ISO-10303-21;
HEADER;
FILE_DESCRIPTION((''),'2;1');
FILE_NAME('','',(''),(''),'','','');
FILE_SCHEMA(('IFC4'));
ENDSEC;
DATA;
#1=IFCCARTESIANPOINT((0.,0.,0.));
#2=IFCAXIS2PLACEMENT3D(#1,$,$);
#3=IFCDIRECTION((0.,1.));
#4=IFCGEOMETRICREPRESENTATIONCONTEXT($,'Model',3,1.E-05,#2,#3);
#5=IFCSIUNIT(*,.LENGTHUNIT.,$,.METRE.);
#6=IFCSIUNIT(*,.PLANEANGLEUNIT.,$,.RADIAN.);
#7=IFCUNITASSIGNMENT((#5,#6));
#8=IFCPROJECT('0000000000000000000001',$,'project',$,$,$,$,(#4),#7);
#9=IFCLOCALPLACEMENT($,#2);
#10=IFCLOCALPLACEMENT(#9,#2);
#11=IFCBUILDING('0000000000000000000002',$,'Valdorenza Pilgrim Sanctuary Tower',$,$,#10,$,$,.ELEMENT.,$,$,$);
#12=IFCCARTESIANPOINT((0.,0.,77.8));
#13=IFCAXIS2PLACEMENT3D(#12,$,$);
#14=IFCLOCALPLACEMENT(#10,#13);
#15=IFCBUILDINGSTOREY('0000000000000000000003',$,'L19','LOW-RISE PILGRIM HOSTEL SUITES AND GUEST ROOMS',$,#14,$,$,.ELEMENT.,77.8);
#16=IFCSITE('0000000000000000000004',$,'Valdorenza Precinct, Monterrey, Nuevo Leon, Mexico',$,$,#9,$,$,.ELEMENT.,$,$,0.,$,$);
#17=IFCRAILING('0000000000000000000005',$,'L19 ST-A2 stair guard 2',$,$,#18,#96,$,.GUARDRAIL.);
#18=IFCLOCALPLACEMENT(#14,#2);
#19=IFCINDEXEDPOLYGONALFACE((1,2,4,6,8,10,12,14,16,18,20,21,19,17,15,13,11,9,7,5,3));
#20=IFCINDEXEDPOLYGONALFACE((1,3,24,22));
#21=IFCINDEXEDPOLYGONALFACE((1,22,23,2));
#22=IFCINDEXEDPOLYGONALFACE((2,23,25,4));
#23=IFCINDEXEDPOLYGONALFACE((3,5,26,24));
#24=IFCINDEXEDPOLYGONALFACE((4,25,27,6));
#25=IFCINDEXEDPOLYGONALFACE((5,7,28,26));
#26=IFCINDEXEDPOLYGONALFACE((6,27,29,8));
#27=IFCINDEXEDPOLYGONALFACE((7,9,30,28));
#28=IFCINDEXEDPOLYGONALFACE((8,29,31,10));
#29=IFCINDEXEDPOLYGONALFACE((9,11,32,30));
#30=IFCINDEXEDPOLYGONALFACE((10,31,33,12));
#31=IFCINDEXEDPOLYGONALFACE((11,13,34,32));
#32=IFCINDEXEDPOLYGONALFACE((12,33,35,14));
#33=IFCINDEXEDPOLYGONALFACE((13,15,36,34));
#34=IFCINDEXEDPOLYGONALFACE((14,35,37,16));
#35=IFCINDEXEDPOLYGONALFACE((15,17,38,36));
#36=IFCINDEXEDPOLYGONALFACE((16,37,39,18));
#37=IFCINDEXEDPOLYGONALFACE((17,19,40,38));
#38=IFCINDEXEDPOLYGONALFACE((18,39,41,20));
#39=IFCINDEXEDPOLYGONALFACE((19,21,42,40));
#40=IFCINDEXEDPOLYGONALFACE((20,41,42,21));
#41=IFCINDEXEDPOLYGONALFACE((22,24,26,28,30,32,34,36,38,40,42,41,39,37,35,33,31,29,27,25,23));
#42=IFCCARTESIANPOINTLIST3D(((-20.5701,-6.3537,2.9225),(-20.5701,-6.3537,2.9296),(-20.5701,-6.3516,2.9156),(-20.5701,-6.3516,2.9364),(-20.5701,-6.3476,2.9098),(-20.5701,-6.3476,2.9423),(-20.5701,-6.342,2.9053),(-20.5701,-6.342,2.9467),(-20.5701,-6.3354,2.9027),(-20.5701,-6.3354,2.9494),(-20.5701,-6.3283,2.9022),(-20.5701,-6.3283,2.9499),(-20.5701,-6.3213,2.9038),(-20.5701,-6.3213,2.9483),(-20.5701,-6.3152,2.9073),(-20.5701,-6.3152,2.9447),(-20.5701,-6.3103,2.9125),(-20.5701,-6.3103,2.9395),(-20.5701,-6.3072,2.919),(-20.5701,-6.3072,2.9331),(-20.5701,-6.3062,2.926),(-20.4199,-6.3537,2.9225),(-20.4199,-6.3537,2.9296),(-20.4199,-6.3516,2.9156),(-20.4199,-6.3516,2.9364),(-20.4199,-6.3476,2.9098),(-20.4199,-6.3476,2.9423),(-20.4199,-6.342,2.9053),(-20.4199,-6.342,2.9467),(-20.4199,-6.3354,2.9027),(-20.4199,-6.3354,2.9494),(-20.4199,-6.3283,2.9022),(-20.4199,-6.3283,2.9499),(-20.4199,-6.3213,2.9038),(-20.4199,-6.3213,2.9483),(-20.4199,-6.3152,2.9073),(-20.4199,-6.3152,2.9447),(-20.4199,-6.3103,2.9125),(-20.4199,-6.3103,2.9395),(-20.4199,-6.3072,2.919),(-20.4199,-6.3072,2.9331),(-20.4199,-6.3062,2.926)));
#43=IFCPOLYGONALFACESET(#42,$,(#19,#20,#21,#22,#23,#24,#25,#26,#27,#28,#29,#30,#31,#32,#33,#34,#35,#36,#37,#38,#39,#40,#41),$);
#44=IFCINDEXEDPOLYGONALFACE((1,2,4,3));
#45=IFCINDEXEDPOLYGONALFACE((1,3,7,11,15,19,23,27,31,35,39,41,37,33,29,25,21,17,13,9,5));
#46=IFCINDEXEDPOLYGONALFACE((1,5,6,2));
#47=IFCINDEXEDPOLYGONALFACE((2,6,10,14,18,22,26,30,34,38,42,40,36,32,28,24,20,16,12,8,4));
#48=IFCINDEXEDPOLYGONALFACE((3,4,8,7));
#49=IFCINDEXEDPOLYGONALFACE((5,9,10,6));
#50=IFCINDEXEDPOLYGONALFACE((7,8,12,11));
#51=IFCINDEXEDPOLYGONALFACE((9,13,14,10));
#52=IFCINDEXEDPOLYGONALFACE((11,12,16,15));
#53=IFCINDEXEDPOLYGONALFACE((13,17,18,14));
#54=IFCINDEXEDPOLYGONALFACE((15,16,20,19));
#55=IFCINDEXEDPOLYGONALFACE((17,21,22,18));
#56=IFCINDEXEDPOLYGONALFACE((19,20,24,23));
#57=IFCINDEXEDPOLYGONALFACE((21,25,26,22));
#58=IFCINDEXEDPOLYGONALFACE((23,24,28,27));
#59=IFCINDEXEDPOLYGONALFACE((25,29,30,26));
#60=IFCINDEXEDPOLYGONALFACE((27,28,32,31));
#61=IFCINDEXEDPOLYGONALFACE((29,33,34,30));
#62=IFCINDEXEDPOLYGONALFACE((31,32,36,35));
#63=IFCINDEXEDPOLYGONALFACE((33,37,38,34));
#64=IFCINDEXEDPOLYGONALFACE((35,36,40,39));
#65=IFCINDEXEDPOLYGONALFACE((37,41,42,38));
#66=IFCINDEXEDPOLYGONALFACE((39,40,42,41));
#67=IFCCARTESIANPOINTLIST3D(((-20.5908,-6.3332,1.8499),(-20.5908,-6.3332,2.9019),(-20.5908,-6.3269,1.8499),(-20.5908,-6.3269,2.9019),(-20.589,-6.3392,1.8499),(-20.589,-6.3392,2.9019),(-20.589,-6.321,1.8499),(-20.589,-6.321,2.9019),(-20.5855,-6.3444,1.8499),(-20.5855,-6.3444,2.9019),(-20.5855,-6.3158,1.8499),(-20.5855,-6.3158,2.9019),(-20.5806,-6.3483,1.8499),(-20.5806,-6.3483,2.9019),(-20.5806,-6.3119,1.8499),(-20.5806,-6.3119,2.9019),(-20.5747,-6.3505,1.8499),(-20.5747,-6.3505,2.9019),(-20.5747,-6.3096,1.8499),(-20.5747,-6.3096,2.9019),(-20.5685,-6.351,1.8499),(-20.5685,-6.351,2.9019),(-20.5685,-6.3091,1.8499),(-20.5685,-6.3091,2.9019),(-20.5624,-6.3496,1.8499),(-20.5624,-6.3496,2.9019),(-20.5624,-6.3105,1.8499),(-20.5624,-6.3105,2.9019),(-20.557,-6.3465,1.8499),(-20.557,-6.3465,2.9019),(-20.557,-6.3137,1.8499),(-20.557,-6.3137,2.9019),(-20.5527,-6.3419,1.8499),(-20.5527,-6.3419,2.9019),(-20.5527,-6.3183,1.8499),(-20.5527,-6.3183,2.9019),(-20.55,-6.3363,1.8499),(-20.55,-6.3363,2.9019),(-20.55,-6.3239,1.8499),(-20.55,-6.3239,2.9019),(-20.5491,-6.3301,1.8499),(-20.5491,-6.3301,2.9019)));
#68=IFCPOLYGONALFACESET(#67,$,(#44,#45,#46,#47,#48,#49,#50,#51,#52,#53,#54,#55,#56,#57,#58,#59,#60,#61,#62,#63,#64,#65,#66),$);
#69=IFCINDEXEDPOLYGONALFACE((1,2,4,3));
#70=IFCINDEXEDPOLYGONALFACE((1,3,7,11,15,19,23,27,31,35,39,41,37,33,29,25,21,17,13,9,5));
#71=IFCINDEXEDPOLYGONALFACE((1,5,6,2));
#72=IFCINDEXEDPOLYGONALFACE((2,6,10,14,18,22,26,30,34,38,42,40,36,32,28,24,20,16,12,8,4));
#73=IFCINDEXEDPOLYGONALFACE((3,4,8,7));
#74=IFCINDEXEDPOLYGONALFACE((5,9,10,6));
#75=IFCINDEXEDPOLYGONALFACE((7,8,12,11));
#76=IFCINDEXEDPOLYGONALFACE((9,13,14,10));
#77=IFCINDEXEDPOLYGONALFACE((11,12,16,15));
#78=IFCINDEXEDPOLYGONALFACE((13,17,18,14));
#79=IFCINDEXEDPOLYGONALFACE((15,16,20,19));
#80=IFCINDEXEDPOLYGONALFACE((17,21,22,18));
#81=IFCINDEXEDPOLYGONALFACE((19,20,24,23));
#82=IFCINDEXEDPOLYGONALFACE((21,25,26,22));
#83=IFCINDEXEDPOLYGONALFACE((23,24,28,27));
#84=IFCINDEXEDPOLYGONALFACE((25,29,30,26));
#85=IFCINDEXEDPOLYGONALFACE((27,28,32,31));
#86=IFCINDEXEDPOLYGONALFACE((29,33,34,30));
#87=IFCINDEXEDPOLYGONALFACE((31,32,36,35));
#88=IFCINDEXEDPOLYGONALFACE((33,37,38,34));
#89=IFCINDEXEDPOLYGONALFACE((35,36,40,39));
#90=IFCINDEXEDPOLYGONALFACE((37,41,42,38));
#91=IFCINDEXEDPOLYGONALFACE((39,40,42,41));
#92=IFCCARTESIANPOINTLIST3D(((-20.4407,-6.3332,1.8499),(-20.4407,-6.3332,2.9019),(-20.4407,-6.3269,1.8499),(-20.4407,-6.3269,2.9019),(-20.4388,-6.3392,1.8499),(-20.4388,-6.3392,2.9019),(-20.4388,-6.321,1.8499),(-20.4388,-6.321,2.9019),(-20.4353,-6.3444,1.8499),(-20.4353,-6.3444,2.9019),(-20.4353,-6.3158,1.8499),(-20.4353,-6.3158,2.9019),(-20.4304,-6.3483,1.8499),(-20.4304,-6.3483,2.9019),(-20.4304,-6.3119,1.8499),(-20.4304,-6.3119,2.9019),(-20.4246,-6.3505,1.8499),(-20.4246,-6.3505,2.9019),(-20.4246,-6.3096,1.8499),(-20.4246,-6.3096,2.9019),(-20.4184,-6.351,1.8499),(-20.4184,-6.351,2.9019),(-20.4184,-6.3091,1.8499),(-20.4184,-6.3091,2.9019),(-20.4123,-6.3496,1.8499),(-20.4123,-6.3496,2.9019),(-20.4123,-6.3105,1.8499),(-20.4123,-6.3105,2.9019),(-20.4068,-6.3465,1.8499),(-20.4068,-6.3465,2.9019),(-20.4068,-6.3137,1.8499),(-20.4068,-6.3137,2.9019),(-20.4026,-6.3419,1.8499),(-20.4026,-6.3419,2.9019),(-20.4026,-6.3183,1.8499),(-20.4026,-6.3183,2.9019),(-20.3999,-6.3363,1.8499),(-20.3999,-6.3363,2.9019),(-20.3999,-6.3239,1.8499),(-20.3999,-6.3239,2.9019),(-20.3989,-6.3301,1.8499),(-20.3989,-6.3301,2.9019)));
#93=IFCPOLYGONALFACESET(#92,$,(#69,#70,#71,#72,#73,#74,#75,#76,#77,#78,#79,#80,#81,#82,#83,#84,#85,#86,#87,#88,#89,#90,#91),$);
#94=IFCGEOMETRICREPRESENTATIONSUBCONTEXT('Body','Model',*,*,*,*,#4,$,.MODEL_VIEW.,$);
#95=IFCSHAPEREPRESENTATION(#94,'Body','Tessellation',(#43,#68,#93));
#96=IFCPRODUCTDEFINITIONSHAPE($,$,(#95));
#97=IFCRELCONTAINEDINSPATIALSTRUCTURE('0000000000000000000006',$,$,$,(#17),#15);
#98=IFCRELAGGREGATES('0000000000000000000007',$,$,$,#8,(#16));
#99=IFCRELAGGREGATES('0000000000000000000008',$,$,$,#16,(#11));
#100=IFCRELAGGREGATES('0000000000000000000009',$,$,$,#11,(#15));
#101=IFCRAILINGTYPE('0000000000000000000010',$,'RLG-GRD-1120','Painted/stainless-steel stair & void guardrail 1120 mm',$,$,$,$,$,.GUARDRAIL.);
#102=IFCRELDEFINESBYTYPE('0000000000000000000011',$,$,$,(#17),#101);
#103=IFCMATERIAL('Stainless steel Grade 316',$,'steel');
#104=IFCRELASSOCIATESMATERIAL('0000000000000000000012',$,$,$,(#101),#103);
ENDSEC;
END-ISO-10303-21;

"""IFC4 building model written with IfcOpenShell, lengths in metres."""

from ifc_helpers import new_model, si_unit, direction, frame, origin, origin_2d, place, context, subcontext, project, spatial, circle, extrude, material, type_object, element, save


model = new_model("IFC4")

# Units and contexts
model_context = context("Model", 3, precision=1e-05, world=origin(), true_north=direction((0.0, 1.0)))
body_context = subcontext(model_context, "Body", "Model", "MODEL_VIEW")
ifc_project = project(units=[si_unit("LENGTHUNIT", "METRE"), si_unit("PLANEANGLEUNIT", "RADIAN")], contexts=[model_context])

# Site, building, storey
site_placement = place(None, origin())
site = spatial("IfcSite", under=ifc_project, at=site_placement, Name="Valdorenza Precinct, Monterrey, Nuevo Leon, Mexico", CompositionType="ELEMENT", RefElevation=0.0)
building_placement = place(site_placement, origin())
building = spatial("IfcBuilding", under=site, at=building_placement, Name="Valdorenza Pilgrim Sanctuary Tower", CompositionType="ELEMENT")
storey_placement = place(building_placement, frame((0.0, 0.0, 77.8)))
storey = spatial("IfcBuildingStorey", under=building, at=storey_placement, Name="L19", Description="LOW-RISE PILGRIM HOSTEL SUITES AND GUEST ROOMS", CompositionType="ELEMENT", Elevation=77.8)

# Railing
ifc_material_1 = material(Name="Stainless steel Grade 316", Category="steel")
railing_type_1 = type_object("IfcRailingType", Name="RLG-GRD-1120", Description="Painted/stainless-steel stair & void guardrail 1120 mm", PredefinedType="GUARDRAIL", material=ifc_material_1)
railing_1_placement = place(storey_placement, frame((-20.5701, -6.3301, 1.8499)))
element("IfcRailing", 1, at=railing_1_placement, inside=storey, type_object=railing_type_1, Name="L19 ST-A2 stair guard 2", PredefinedType="GUARDRAIL", context=body_context, shape_type="SweptSolid", body=[
    extrude(circle(Radius=0.0239, at=origin_2d()), frame((0.0, 0.0, 1.0762), z_axis=(1.0, 0.0, 0.0), x_axis=(0.0, 1.0, 0.0)), (0.0, 0.0, 1.0), 0.1501),
    extrude(circle(Radius=0.021, at=origin_2d()), origin(), (0.0, 0.0, 1.0), 1.052),
    extrude(circle(Radius=0.021, at=origin_2d()), frame((0.1501, 0.0, 0.0)), (0.0, 0.0, 1.0), 1.052),
])

save(model, "model.ifc")
